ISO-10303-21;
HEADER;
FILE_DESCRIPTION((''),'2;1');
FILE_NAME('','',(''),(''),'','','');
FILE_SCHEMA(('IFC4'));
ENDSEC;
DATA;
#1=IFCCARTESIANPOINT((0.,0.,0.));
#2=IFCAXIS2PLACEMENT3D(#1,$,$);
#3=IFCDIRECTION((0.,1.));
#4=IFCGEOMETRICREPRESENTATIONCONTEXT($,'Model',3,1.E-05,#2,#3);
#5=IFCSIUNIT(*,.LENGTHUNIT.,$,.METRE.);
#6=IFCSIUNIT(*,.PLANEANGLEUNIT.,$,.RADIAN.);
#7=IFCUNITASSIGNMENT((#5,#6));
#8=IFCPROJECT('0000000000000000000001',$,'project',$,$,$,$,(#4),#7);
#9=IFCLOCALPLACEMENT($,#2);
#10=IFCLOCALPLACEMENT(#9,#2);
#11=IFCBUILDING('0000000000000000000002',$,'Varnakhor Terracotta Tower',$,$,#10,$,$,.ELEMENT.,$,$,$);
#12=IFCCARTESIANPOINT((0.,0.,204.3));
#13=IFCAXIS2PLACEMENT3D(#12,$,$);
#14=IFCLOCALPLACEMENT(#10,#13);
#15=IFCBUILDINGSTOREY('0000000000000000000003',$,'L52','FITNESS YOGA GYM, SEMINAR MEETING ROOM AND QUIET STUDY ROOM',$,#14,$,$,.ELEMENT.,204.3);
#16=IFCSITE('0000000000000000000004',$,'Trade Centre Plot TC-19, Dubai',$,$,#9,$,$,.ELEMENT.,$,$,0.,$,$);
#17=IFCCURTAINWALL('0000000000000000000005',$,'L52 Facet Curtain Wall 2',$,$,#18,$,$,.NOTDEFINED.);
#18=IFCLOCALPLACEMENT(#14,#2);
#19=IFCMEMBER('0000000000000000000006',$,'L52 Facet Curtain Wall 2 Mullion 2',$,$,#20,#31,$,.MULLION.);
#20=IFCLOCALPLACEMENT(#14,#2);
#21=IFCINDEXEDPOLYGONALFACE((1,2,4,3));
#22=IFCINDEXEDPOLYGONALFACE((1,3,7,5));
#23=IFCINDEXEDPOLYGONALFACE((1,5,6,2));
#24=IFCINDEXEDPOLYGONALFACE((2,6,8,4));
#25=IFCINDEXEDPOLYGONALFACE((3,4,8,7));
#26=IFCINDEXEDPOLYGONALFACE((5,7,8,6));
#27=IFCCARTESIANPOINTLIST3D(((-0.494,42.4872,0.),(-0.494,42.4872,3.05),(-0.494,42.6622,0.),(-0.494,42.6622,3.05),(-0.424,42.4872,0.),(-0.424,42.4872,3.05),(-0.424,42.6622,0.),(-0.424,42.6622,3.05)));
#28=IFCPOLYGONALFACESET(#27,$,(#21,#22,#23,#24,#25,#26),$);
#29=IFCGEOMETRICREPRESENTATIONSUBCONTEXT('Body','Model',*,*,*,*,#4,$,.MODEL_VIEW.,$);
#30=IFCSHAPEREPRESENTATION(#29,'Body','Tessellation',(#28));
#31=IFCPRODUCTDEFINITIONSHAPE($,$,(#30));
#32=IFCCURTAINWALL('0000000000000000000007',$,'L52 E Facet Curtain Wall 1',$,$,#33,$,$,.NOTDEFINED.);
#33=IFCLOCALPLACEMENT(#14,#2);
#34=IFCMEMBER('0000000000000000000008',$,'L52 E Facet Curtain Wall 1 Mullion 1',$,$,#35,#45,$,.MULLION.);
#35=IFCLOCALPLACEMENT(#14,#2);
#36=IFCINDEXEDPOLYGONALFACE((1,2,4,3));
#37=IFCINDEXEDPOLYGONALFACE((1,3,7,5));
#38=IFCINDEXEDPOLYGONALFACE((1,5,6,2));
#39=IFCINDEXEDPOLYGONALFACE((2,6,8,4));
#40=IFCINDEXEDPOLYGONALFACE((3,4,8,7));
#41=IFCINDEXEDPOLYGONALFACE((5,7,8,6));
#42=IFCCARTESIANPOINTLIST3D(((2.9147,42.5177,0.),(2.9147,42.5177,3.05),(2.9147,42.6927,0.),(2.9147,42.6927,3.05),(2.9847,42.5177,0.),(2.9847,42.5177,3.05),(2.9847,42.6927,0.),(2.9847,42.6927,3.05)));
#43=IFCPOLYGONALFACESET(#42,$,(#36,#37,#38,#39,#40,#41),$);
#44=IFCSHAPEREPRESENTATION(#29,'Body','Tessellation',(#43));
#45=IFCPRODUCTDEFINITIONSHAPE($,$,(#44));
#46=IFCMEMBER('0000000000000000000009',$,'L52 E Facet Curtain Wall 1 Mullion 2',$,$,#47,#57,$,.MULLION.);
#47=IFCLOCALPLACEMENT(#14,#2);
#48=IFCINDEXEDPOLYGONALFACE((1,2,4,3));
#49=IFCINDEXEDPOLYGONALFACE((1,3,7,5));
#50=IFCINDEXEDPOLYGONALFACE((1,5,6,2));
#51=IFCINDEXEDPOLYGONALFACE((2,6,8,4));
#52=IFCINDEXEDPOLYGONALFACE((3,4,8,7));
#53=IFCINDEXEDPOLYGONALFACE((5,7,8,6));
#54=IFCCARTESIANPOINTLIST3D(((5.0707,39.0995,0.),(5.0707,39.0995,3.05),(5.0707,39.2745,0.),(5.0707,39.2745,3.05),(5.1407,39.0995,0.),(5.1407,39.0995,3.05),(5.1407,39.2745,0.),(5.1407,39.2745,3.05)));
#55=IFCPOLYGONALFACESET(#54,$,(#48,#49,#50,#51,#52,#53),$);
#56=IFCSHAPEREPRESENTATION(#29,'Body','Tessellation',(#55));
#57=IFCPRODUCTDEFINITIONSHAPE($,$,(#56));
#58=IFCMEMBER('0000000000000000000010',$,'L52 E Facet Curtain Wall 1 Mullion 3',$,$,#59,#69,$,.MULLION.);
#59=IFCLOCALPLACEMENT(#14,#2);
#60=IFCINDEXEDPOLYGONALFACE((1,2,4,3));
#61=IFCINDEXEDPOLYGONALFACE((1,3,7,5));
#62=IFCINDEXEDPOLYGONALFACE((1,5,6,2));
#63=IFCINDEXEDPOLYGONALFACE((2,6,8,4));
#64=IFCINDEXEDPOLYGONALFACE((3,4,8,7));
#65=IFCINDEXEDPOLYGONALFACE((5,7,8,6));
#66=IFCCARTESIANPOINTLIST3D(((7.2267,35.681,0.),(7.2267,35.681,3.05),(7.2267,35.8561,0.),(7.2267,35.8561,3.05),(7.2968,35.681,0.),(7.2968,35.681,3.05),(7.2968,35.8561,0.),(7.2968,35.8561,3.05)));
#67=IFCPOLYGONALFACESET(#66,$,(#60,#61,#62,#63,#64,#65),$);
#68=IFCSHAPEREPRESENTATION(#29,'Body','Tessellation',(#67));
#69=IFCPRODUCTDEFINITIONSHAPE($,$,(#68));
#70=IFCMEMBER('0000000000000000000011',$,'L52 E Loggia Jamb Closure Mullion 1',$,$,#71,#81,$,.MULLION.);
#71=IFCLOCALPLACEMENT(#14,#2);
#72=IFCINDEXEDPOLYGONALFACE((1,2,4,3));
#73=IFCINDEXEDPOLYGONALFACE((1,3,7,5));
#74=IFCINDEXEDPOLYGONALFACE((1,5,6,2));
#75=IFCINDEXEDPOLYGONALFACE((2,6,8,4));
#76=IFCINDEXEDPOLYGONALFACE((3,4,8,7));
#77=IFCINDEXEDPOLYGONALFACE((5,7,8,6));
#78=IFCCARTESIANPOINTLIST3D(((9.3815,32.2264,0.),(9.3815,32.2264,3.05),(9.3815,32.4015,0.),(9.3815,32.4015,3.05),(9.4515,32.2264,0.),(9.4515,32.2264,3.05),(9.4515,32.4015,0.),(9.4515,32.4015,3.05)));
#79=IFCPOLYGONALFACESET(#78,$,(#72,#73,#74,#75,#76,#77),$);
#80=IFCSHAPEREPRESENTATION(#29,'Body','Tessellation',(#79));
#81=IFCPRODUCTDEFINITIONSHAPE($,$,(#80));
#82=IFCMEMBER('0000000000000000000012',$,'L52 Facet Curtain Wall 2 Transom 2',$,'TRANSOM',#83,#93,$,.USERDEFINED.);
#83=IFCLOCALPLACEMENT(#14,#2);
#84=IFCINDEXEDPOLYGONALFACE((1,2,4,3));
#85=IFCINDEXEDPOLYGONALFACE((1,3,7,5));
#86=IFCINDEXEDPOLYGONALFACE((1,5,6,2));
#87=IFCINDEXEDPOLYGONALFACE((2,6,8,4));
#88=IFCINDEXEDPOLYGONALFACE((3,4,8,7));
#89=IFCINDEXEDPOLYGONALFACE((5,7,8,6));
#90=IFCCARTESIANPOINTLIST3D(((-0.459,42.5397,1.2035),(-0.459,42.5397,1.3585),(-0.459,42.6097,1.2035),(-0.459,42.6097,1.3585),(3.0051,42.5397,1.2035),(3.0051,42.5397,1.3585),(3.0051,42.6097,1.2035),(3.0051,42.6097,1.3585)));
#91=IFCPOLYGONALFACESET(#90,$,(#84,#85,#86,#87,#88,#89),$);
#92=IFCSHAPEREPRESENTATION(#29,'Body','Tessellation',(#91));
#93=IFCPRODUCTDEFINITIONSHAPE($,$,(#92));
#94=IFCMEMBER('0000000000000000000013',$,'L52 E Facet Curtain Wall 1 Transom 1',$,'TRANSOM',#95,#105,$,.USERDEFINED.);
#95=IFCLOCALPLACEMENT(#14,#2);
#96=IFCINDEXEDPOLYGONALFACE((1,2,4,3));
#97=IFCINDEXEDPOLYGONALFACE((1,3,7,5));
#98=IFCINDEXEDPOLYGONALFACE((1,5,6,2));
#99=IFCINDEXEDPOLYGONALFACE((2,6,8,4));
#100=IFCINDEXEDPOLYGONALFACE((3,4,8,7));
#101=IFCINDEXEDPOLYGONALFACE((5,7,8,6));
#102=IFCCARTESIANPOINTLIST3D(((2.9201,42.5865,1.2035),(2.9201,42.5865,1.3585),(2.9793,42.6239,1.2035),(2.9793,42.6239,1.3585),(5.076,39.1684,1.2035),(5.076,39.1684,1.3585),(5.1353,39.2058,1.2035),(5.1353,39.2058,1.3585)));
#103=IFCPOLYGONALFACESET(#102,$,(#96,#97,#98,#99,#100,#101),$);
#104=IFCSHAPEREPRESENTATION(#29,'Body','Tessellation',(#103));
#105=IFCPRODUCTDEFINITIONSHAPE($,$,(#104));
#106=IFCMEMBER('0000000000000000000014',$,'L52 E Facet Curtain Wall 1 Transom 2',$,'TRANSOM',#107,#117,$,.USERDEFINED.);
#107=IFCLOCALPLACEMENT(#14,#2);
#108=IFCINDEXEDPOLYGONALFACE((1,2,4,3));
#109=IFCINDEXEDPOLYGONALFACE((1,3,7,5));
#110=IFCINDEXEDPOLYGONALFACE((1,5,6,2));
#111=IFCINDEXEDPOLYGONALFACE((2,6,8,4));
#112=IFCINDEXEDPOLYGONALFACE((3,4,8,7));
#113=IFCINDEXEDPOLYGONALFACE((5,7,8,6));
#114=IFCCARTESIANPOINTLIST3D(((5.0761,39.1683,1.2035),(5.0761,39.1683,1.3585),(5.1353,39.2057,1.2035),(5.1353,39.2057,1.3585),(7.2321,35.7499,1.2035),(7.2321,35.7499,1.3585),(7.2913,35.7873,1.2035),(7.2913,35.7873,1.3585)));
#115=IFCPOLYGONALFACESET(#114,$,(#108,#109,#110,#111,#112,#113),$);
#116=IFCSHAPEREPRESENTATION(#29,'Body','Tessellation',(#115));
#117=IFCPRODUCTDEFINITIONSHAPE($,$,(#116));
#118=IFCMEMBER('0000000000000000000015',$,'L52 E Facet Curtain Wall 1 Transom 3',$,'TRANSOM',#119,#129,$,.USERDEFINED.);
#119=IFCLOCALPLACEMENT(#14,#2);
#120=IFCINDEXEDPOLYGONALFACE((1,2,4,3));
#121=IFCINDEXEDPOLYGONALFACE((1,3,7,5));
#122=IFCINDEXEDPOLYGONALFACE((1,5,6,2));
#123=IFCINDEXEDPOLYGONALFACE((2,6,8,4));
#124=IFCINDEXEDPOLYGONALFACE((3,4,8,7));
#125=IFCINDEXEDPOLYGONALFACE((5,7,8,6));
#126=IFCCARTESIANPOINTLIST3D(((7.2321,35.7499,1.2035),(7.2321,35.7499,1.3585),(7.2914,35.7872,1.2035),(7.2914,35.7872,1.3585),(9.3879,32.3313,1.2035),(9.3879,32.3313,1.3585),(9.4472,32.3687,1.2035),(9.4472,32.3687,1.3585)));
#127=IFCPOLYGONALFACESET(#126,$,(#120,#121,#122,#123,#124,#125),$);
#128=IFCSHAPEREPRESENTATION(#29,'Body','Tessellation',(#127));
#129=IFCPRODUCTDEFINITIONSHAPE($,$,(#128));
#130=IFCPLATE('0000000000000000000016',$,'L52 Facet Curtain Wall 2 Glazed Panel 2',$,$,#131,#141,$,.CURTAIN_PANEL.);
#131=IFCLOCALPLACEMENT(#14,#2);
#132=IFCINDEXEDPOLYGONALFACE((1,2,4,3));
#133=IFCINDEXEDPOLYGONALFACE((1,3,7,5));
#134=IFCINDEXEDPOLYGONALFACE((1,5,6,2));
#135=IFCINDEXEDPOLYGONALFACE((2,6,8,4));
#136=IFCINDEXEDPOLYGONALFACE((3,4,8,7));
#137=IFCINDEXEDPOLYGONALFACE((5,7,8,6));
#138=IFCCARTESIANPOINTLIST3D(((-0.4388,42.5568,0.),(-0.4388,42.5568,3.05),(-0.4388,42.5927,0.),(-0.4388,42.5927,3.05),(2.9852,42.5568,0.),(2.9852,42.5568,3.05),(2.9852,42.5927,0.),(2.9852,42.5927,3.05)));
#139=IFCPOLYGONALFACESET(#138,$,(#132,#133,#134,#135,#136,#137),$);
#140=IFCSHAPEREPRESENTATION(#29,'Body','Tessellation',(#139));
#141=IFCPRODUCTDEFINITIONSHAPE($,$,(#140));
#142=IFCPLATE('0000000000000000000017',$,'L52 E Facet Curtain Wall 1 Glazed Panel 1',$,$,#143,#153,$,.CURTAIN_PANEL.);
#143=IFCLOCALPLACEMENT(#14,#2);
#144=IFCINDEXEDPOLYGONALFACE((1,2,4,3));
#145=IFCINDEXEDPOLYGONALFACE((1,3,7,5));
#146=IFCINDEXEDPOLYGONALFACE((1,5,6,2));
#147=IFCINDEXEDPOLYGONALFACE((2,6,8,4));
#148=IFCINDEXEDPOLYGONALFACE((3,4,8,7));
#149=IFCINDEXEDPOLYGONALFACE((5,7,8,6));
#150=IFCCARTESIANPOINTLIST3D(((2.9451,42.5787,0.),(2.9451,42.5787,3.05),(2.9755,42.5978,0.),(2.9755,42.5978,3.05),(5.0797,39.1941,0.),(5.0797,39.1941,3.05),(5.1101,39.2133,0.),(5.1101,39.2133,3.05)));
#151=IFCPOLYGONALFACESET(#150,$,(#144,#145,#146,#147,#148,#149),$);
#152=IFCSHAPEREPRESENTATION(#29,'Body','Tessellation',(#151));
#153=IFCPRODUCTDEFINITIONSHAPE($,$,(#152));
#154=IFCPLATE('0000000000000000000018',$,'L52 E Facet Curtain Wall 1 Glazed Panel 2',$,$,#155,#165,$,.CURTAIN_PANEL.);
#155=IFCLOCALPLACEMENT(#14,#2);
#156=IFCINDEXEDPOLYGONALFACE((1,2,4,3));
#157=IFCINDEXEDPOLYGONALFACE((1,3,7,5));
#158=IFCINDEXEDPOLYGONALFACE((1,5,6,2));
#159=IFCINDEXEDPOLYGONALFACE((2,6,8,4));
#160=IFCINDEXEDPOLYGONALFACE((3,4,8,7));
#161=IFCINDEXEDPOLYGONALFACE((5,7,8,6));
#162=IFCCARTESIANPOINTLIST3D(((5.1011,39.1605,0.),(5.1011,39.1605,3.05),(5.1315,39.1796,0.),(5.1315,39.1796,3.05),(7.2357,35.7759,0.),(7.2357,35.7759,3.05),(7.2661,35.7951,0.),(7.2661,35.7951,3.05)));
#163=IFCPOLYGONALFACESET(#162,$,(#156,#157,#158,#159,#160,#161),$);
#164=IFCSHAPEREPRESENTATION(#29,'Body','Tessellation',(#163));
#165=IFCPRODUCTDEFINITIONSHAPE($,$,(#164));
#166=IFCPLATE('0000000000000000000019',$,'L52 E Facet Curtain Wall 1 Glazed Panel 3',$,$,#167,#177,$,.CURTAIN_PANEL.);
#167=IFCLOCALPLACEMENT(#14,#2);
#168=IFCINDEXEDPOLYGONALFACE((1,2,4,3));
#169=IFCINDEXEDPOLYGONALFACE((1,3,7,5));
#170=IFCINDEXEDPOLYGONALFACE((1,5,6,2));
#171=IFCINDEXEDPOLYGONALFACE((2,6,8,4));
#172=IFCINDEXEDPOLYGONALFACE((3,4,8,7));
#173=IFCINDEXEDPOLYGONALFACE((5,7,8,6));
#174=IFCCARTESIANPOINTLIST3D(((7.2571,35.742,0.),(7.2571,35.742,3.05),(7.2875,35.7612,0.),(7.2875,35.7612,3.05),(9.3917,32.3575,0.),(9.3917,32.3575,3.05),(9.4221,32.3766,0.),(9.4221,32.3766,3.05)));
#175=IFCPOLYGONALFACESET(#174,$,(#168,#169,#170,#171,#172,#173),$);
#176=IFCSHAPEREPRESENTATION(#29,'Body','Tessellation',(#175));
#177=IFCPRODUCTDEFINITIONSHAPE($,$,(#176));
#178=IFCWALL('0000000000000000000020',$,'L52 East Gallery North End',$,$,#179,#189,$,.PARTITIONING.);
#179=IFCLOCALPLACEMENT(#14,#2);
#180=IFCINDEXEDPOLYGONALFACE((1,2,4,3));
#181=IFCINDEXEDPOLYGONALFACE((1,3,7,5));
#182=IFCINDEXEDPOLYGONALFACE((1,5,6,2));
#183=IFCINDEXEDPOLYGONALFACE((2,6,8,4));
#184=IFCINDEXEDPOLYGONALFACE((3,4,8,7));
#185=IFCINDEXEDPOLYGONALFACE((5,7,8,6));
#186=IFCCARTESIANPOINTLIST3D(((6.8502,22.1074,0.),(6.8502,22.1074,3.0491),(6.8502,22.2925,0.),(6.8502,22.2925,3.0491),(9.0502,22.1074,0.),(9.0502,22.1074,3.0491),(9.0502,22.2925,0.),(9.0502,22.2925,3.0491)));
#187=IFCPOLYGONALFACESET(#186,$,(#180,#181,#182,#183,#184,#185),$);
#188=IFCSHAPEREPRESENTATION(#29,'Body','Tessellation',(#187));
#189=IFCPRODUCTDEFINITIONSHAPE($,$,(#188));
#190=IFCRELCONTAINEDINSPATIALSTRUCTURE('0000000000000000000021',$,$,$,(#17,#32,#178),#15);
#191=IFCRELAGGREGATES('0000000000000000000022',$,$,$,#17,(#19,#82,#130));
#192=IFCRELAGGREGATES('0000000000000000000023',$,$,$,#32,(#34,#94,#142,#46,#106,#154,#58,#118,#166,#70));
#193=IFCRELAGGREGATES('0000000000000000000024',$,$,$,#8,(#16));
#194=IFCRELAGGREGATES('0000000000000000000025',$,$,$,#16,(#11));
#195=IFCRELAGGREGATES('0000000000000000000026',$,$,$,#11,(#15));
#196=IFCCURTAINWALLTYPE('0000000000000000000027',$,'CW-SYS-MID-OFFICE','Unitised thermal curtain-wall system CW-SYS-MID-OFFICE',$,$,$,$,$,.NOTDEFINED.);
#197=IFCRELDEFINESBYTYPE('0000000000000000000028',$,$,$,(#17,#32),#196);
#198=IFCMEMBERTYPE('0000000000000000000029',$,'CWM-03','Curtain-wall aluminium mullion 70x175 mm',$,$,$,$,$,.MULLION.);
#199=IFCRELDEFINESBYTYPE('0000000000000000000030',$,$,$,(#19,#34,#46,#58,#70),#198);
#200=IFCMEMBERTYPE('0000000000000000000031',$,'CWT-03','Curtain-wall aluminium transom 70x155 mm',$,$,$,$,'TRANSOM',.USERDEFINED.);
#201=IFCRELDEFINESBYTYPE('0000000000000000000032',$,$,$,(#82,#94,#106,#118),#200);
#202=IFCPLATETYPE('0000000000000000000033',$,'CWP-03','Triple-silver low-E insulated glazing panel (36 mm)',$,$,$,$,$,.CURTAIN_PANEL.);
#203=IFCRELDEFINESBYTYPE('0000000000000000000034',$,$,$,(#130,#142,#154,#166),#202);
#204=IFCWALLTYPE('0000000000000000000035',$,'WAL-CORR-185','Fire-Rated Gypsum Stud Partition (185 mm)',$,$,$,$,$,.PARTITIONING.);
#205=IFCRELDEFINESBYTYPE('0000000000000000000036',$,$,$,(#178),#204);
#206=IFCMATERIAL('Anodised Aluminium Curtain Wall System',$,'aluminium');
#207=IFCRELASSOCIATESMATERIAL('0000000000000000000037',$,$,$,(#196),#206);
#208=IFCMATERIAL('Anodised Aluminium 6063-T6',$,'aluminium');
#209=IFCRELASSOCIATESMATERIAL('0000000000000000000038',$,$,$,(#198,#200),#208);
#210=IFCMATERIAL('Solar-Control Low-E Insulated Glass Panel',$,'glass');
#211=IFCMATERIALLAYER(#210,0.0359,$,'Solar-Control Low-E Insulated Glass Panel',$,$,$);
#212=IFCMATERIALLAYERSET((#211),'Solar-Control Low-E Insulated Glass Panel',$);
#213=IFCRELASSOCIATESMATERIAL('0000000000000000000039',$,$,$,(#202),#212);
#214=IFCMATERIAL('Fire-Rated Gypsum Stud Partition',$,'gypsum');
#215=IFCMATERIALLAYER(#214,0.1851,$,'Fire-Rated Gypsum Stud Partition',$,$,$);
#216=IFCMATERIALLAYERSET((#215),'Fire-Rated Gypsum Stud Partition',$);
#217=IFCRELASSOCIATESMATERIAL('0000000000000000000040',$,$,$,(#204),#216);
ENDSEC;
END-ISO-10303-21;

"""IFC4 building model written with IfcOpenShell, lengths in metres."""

from ifc_helpers import new_model, si_unit, direction, frame, frame_2d, origin, origin_2d, place, context, subcontext, project, spatial, rectangle, extrude, source, transform, mapped, material, layer, layer_set, material_profile, profile_set, type_object, element, aggregate, save


model = new_model("IFC4")

# Units and contexts
model_context = context("Model", 3, precision=1e-05, world=origin(), true_north=direction((0.0, 1.0)))
body_context = subcontext(model_context, "Body", "Model", "MODEL_VIEW")
ifc_project = project(units=[si_unit("LENGTHUNIT", "METRE"), si_unit("PLANEANGLEUNIT", "RADIAN")], contexts=[model_context])

# Site, building, storey
site_placement = place(None, origin())
site = spatial("IfcSite", under=ifc_project, at=site_placement, Name="Trade Centre Plot TC-19, Dubai", CompositionType="ELEMENT", RefElevation=0.0)
building_placement = place(site_placement, origin())
building = spatial("IfcBuilding", under=site, at=building_placement, Name="Varnakhor Terracotta Tower", CompositionType="ELEMENT")
storey_placement = place(building_placement, frame((0.0, 0.0, 204.3)))
storey = spatial("IfcBuildingStorey", under=building, at=storey_placement, Name="L52", Description="FITNESS YOGA GYM, SEMINAR MEETING ROOM AND QUIET STUDY ROOM", CompositionType="ELEMENT", Elevation=204.3)

# Curtain wall, member
ifc_material_1 = material(Name="Anodised Aluminium Curtain Wall System", Category="aluminium")
curtain_wall_type = type_object("IfcCurtainWallType", Name="CW-SYS-MID-OFFICE", Description="Unitised thermal curtain-wall system CW-SYS-MID-OFFICE", PredefinedType="NOTDEFINED", material=ifc_material_1)
curtain_wall_1_placement = place(storey_placement, origin())
curtain_wall_1 = element("IfcCurtainWall", 1, at=curtain_wall_1_placement, inside=storey, type_object=curtain_wall_type, Name="L52 Facet Curtain Wall 2", PredefinedType="NOTDEFINED")
ifc_material_2 = material(Name="Anodised Aluminium 6063-T6", Category="aluminium")
ifc_material_profile_1 = material_profile(ifc_material_2, rectangle(XDim=0.0701, YDim=0.175, at=origin_2d()), Name="ALU MULLION 70x175")
ifc_profile_set_1 = profile_set([ifc_material_profile_1], Name="Anodised Aluminium 6063-T6")
member_type_1 = type_object("IfcMemberType", Name="CWM-03", Description="Curtain-wall aluminium mullion 70x175 mm", PredefinedType="MULLION", material=ifc_profile_set_1)
shared_shape_1 = source(origin(), body_context, "Body", "SweptSolid", [
    extrude(rectangle(XDim=0.0701, YDim=0.175, at=origin_2d()), origin(), (0.0, 0.0, 1.0), 3.05),
])
member_1_placement = place(storey_placement, frame((-0.459, 42.5747, 0.0), z_axis=(0.0, 0.0, 1.0), x_axis=(1.0, 0.0, 0.0)))
member_1 = element("IfcMember", 2, at=member_1_placement, type_object=member_type_1, Name="L52 Facet Curtain Wall 2 Mullion 2", PredefinedType="MULLION", context=body_context, shape_type="MappedRepresentation", body=[
    mapped(shared_shape_1, transform((0.0, 0.0, 0.0), scale=1.0)),
])

# Curtain wall, members
curtain_wall_2_placement = place(storey_placement, origin())
curtain_wall_2 = element("IfcCurtainWall", 3, at=curtain_wall_2_placement, inside=storey, type_object=curtain_wall_type, Name="L52 E Facet Curtain Wall 1", PredefinedType="NOTDEFINED")
member_2_placement = place(storey_placement, frame((2.9497, 42.6052, 0.0), z_axis=(0.0, 0.0, 1.0), x_axis=(1.0, 0.0, 0.0)))
member_2 = element("IfcMember", 4, at=member_2_placement, type_object=member_type_1, Name="L52 E Facet Curtain Wall 1 Mullion 1", PredefinedType="MULLION", context=body_context, shape_type="MappedRepresentation", body=[
    mapped(shared_shape_1, transform((0.0, 0.0, 0.0), scale=1.0)),
])
member_3_placement = place(storey_placement, frame((5.1057, 39.187, 0.0), z_axis=(0.0, 0.0, 1.0), x_axis=(1.0, 0.0, 0.0)))
member_3 = element("IfcMember", 5, at=member_3_placement, type_object=member_type_1, Name="L52 E Facet Curtain Wall 1 Mullion 2", PredefinedType="MULLION", context=body_context, shape_type="MappedRepresentation", body=[
    mapped(shared_shape_1, transform((0.0, 0.0, 0.0), scale=1.0)),
])
member_4_placement = place(storey_placement, frame((7.2617, 35.7686, 0.0), z_axis=(0.0, 0.0, 1.0), x_axis=(1.0, 0.0, 0.0)))
member_4 = element("IfcMember", 6, at=member_4_placement, type_object=member_type_1, Name="L52 E Facet Curtain Wall 1 Mullion 3", PredefinedType="MULLION", context=body_context, shape_type="MappedRepresentation", body=[
    mapped(shared_shape_1, transform((0.0, 0.0, 0.0), scale=1.0)),
])
member_5_placement = place(storey_placement, frame((9.4165, 32.314, 0.0), z_axis=(0.0, 0.0, 1.0), x_axis=(1.0, 0.0, 0.0)))
member_5 = element("IfcMember", 7, at=member_5_placement, type_object=member_type_1, Name="L52 E Loggia Jamb Closure Mullion 1", PredefinedType="MULLION", context=body_context, shape_type="MappedRepresentation", body=[
    mapped(shared_shape_1, transform((0.0, 0.0, 0.0), scale=1.0)),
])

# Members
ifc_material_profile_2 = material_profile(ifc_material_2, rectangle(XDim=0.0701, YDim=0.155, at=origin_2d()), Name="ALU TRANSOM 70x155")
ifc_profile_set_2 = profile_set([ifc_material_profile_2], Name="Anodised Aluminium 6063-T6")
member_type_2 = type_object("IfcMemberType", Name="CWT-03", Description="Curtain-wall aluminium transom 70x155 mm", ElementType="TRANSOM", PredefinedType="USERDEFINED", material=ifc_profile_set_2)
shared_shape_2 = source(origin(), body_context, "Body", "SweptSolid", [
    extrude(rectangle(XDim=0.0701, YDim=0.155, at=origin_2d()), origin(), (0.0, 0.0, 1.0), 3.4641),
])
member_6_placement = place(storey_placement, frame((-0.459, 42.5747, 1.281), z_axis=(1.0, 0.0, 0.0), x_axis=(0.0, 1.0, 0.0)))
member_6 = element("IfcMember", 8, at=member_6_placement, type_object=member_type_2, Name="L52 Facet Curtain Wall 2 Transom 2", ObjectType="TRANSOM", PredefinedType="USERDEFINED", context=body_context, shape_type="MappedRepresentation", body=[
    mapped(shared_shape_2, transform((0.0, 0.0, 0.0), scale=1.0)),
])
shared_shape_3 = source(origin(), body_context, "Body", "SweptSolid", [
    extrude(rectangle(XDim=0.0701, YDim=0.155, at=origin_2d()), origin(), (0.0, 0.0, 1.0), 4.0413),
])
member_7_placement = place(storey_placement, frame((2.9497, 42.6052, 1.281), z_axis=(0.533486, -0.845809, 0.0), x_axis=(0.845809, 0.533486, 0.0)))
member_7 = element("IfcMember", 9, at=member_7_placement, type_object=member_type_2, Name="L52 E Facet Curtain Wall 1 Transom 1", ObjectType="TRANSOM", PredefinedType="USERDEFINED", context=body_context, shape_type="MappedRepresentation", body=[
    mapped(shared_shape_3, transform((0.0, 0.0, 0.0), scale=1.0)),
])
shared_shape_4 = source(origin(), body_context, "Body", "SweptSolid", [
    extrude(rectangle(XDim=0.0701, YDim=0.155, at=origin_2d()), origin(), (0.0, 0.0, 1.0), 4.0415),
])
member_8_placement = place(storey_placement, frame((5.1057, 39.187, 1.281), z_axis=(0.533459, -0.845826, 0.0), x_axis=(0.845826, 0.533459, 0.0)))
member_8 = element("IfcMember", 10, at=member_8_placement, type_object=member_type_2, Name="L52 E Facet Curtain Wall 1 Transom 2", ObjectType="TRANSOM", PredefinedType="USERDEFINED", context=body_context, shape_type="MappedRepresentation", body=[
    mapped(shared_shape_4, transform((0.0, 0.0, 0.0), scale=1.0)),
])
member_9_placement = place(storey_placement, frame((7.2617, 35.7686, 1.281), z_axis=(0.533416, -0.845853, 0.0), x_axis=(0.845853, 0.533416, 0.0)))
member_9 = element("IfcMember", 11, at=member_9_placement, type_object=member_type_2, Name="L52 E Facet Curtain Wall 1 Transom 3", ObjectType="TRANSOM", PredefinedType="USERDEFINED", context=body_context, shape_type="MappedRepresentation", body=[
    mapped(shared_shape_4, transform((0.0, 0.0, 0.0), scale=1.0)),
])

# Plates
ifc_material_3 = material(Name="Solar-Control Low-E Insulated Glass Panel", Category="glass")
ifc_layer_1 = layer(ifc_material_3, 0.0359, Name="Solar-Control Low-E Insulated Glass Panel")
ifc_layer_set_1 = layer_set([ifc_layer_1], Name="Solar-Control Low-E Insulated Glass Panel")
plate_type = type_object("IfcPlateType", Name="CWP-03", Description="Triple-silver low-E insulated glazing panel (36 mm)", PredefinedType="CURTAIN_PANEL", material=ifc_layer_set_1)
shared_shape_5 = source(origin(), body_context, "Body", "SweptSolid", [
    extrude(rectangle(XDim=3.4241, YDim=0.0359, at=origin_2d()), origin(), (0.0, 0.0, 1.0), 3.05),
])
plate_1_placement = place(storey_placement, frame((1.2732, 42.5747, 0.0), z_axis=(0.0, 0.0, 1.0), x_axis=(1.0, 0.0, 0.0)))
plate_1 = element("IfcPlate", 12, at=plate_1_placement, type_object=plate_type, Name="L52 Facet Curtain Wall 2 Glazed Panel 2", PredefinedType="CURTAIN_PANEL", context=body_context, shape_type="MappedRepresentation", body=[
    mapped(shared_shape_5, transform((0.0, 0.0, 0.0), scale=1.0)),
])
aggregate(curtain_wall_1, [member_1, member_6, plate_1])
shared_shape_6 = source(origin(), body_context, "Body", "SweptSolid", [
    extrude(rectangle(XDim=4.0015, YDim=0.0359, at=origin_2d()), origin(), (0.0, 0.0, 1.0), 3.05),
])
plate_2_placement = place(storey_placement, frame((4.0276, 40.896, 0.0), z_axis=(0.0, 0.0, 1.0), x_axis=(0.533452, -0.84583, 0.0)))
plate_2 = element("IfcPlate", 13, at=plate_2_placement, type_object=plate_type, Name="L52 E Facet Curtain Wall 1 Glazed Panel 1", PredefinedType="CURTAIN_PANEL", context=body_context, shape_type="MappedRepresentation", body=[
    mapped(shared_shape_6, transform((0.0, 0.0, 0.0), scale=1.0)),
])
plate_3_placement = place(storey_placement, frame((6.1836, 37.4778, 0.0), z_axis=(0.0, 0.0, 1.0), x_axis=(0.533452, -0.84583, 0.0)))
plate_3 = element("IfcPlate", 14, at=plate_3_placement, type_object=plate_type, Name="L52 E Facet Curtain Wall 1 Glazed Panel 2", PredefinedType="CURTAIN_PANEL", context=body_context, shape_type="MappedRepresentation", body=[
    mapped(shared_shape_6, transform((0.0, 0.0, 0.0), scale=1.0)),
])
plate_4_placement = place(storey_placement, frame((8.3396, 34.0593, 0.0), z_axis=(0.0, 0.0, 1.0), x_axis=(0.533452, -0.84583, 0.0)))
plate_4 = element("IfcPlate", 15, at=plate_4_placement, type_object=plate_type, Name="L52 E Facet Curtain Wall 1 Glazed Panel 3", PredefinedType="CURTAIN_PANEL", context=body_context, shape_type="MappedRepresentation", body=[
    mapped(shared_shape_6, transform((0.0, 0.0, 0.0), scale=1.0)),
])
aggregate(curtain_wall_2, [member_2, member_7, plate_2, member_3, member_8, plate_3, member_4, member_9, plate_4, member_5])

# Wall
ifc_material_4 = material(Name="Fire-Rated Gypsum Stud Partition", Category="gypsum")
ifc_layer_2 = layer(ifc_material_4, 0.1851, Name="Fire-Rated Gypsum Stud Partition")
ifc_layer_set_2 = layer_set([ifc_layer_2], Name="Fire-Rated Gypsum Stud Partition")
wall_type_1 = type_object("IfcWallType", Name="WAL-CORR-185", Description="Fire-Rated Gypsum Stud Partition (185 mm)", PredefinedType="PARTITIONING", material=ifc_layer_set_2)
wall_1_placement = place(storey_placement, frame((6.8501, 22.2, 0.0), z_axis=(0.0, 0.0, 1.0), x_axis=(1.0, 0.0, 0.0)))
element("IfcWall", 16, at=wall_1_placement, inside=storey, type_object=wall_type_1, Name="L52 East Gallery North End", PredefinedType="PARTITIONING", context=body_context, shape_type="SweptSolid", body=[
    extrude(rectangle(XDim=2.2, YDim=0.1851, at=frame_2d((1.1001, 0.0))), origin(), (0.0, 0.0, 1.0), 3.0491),
])

save(model, "model.ifc")
